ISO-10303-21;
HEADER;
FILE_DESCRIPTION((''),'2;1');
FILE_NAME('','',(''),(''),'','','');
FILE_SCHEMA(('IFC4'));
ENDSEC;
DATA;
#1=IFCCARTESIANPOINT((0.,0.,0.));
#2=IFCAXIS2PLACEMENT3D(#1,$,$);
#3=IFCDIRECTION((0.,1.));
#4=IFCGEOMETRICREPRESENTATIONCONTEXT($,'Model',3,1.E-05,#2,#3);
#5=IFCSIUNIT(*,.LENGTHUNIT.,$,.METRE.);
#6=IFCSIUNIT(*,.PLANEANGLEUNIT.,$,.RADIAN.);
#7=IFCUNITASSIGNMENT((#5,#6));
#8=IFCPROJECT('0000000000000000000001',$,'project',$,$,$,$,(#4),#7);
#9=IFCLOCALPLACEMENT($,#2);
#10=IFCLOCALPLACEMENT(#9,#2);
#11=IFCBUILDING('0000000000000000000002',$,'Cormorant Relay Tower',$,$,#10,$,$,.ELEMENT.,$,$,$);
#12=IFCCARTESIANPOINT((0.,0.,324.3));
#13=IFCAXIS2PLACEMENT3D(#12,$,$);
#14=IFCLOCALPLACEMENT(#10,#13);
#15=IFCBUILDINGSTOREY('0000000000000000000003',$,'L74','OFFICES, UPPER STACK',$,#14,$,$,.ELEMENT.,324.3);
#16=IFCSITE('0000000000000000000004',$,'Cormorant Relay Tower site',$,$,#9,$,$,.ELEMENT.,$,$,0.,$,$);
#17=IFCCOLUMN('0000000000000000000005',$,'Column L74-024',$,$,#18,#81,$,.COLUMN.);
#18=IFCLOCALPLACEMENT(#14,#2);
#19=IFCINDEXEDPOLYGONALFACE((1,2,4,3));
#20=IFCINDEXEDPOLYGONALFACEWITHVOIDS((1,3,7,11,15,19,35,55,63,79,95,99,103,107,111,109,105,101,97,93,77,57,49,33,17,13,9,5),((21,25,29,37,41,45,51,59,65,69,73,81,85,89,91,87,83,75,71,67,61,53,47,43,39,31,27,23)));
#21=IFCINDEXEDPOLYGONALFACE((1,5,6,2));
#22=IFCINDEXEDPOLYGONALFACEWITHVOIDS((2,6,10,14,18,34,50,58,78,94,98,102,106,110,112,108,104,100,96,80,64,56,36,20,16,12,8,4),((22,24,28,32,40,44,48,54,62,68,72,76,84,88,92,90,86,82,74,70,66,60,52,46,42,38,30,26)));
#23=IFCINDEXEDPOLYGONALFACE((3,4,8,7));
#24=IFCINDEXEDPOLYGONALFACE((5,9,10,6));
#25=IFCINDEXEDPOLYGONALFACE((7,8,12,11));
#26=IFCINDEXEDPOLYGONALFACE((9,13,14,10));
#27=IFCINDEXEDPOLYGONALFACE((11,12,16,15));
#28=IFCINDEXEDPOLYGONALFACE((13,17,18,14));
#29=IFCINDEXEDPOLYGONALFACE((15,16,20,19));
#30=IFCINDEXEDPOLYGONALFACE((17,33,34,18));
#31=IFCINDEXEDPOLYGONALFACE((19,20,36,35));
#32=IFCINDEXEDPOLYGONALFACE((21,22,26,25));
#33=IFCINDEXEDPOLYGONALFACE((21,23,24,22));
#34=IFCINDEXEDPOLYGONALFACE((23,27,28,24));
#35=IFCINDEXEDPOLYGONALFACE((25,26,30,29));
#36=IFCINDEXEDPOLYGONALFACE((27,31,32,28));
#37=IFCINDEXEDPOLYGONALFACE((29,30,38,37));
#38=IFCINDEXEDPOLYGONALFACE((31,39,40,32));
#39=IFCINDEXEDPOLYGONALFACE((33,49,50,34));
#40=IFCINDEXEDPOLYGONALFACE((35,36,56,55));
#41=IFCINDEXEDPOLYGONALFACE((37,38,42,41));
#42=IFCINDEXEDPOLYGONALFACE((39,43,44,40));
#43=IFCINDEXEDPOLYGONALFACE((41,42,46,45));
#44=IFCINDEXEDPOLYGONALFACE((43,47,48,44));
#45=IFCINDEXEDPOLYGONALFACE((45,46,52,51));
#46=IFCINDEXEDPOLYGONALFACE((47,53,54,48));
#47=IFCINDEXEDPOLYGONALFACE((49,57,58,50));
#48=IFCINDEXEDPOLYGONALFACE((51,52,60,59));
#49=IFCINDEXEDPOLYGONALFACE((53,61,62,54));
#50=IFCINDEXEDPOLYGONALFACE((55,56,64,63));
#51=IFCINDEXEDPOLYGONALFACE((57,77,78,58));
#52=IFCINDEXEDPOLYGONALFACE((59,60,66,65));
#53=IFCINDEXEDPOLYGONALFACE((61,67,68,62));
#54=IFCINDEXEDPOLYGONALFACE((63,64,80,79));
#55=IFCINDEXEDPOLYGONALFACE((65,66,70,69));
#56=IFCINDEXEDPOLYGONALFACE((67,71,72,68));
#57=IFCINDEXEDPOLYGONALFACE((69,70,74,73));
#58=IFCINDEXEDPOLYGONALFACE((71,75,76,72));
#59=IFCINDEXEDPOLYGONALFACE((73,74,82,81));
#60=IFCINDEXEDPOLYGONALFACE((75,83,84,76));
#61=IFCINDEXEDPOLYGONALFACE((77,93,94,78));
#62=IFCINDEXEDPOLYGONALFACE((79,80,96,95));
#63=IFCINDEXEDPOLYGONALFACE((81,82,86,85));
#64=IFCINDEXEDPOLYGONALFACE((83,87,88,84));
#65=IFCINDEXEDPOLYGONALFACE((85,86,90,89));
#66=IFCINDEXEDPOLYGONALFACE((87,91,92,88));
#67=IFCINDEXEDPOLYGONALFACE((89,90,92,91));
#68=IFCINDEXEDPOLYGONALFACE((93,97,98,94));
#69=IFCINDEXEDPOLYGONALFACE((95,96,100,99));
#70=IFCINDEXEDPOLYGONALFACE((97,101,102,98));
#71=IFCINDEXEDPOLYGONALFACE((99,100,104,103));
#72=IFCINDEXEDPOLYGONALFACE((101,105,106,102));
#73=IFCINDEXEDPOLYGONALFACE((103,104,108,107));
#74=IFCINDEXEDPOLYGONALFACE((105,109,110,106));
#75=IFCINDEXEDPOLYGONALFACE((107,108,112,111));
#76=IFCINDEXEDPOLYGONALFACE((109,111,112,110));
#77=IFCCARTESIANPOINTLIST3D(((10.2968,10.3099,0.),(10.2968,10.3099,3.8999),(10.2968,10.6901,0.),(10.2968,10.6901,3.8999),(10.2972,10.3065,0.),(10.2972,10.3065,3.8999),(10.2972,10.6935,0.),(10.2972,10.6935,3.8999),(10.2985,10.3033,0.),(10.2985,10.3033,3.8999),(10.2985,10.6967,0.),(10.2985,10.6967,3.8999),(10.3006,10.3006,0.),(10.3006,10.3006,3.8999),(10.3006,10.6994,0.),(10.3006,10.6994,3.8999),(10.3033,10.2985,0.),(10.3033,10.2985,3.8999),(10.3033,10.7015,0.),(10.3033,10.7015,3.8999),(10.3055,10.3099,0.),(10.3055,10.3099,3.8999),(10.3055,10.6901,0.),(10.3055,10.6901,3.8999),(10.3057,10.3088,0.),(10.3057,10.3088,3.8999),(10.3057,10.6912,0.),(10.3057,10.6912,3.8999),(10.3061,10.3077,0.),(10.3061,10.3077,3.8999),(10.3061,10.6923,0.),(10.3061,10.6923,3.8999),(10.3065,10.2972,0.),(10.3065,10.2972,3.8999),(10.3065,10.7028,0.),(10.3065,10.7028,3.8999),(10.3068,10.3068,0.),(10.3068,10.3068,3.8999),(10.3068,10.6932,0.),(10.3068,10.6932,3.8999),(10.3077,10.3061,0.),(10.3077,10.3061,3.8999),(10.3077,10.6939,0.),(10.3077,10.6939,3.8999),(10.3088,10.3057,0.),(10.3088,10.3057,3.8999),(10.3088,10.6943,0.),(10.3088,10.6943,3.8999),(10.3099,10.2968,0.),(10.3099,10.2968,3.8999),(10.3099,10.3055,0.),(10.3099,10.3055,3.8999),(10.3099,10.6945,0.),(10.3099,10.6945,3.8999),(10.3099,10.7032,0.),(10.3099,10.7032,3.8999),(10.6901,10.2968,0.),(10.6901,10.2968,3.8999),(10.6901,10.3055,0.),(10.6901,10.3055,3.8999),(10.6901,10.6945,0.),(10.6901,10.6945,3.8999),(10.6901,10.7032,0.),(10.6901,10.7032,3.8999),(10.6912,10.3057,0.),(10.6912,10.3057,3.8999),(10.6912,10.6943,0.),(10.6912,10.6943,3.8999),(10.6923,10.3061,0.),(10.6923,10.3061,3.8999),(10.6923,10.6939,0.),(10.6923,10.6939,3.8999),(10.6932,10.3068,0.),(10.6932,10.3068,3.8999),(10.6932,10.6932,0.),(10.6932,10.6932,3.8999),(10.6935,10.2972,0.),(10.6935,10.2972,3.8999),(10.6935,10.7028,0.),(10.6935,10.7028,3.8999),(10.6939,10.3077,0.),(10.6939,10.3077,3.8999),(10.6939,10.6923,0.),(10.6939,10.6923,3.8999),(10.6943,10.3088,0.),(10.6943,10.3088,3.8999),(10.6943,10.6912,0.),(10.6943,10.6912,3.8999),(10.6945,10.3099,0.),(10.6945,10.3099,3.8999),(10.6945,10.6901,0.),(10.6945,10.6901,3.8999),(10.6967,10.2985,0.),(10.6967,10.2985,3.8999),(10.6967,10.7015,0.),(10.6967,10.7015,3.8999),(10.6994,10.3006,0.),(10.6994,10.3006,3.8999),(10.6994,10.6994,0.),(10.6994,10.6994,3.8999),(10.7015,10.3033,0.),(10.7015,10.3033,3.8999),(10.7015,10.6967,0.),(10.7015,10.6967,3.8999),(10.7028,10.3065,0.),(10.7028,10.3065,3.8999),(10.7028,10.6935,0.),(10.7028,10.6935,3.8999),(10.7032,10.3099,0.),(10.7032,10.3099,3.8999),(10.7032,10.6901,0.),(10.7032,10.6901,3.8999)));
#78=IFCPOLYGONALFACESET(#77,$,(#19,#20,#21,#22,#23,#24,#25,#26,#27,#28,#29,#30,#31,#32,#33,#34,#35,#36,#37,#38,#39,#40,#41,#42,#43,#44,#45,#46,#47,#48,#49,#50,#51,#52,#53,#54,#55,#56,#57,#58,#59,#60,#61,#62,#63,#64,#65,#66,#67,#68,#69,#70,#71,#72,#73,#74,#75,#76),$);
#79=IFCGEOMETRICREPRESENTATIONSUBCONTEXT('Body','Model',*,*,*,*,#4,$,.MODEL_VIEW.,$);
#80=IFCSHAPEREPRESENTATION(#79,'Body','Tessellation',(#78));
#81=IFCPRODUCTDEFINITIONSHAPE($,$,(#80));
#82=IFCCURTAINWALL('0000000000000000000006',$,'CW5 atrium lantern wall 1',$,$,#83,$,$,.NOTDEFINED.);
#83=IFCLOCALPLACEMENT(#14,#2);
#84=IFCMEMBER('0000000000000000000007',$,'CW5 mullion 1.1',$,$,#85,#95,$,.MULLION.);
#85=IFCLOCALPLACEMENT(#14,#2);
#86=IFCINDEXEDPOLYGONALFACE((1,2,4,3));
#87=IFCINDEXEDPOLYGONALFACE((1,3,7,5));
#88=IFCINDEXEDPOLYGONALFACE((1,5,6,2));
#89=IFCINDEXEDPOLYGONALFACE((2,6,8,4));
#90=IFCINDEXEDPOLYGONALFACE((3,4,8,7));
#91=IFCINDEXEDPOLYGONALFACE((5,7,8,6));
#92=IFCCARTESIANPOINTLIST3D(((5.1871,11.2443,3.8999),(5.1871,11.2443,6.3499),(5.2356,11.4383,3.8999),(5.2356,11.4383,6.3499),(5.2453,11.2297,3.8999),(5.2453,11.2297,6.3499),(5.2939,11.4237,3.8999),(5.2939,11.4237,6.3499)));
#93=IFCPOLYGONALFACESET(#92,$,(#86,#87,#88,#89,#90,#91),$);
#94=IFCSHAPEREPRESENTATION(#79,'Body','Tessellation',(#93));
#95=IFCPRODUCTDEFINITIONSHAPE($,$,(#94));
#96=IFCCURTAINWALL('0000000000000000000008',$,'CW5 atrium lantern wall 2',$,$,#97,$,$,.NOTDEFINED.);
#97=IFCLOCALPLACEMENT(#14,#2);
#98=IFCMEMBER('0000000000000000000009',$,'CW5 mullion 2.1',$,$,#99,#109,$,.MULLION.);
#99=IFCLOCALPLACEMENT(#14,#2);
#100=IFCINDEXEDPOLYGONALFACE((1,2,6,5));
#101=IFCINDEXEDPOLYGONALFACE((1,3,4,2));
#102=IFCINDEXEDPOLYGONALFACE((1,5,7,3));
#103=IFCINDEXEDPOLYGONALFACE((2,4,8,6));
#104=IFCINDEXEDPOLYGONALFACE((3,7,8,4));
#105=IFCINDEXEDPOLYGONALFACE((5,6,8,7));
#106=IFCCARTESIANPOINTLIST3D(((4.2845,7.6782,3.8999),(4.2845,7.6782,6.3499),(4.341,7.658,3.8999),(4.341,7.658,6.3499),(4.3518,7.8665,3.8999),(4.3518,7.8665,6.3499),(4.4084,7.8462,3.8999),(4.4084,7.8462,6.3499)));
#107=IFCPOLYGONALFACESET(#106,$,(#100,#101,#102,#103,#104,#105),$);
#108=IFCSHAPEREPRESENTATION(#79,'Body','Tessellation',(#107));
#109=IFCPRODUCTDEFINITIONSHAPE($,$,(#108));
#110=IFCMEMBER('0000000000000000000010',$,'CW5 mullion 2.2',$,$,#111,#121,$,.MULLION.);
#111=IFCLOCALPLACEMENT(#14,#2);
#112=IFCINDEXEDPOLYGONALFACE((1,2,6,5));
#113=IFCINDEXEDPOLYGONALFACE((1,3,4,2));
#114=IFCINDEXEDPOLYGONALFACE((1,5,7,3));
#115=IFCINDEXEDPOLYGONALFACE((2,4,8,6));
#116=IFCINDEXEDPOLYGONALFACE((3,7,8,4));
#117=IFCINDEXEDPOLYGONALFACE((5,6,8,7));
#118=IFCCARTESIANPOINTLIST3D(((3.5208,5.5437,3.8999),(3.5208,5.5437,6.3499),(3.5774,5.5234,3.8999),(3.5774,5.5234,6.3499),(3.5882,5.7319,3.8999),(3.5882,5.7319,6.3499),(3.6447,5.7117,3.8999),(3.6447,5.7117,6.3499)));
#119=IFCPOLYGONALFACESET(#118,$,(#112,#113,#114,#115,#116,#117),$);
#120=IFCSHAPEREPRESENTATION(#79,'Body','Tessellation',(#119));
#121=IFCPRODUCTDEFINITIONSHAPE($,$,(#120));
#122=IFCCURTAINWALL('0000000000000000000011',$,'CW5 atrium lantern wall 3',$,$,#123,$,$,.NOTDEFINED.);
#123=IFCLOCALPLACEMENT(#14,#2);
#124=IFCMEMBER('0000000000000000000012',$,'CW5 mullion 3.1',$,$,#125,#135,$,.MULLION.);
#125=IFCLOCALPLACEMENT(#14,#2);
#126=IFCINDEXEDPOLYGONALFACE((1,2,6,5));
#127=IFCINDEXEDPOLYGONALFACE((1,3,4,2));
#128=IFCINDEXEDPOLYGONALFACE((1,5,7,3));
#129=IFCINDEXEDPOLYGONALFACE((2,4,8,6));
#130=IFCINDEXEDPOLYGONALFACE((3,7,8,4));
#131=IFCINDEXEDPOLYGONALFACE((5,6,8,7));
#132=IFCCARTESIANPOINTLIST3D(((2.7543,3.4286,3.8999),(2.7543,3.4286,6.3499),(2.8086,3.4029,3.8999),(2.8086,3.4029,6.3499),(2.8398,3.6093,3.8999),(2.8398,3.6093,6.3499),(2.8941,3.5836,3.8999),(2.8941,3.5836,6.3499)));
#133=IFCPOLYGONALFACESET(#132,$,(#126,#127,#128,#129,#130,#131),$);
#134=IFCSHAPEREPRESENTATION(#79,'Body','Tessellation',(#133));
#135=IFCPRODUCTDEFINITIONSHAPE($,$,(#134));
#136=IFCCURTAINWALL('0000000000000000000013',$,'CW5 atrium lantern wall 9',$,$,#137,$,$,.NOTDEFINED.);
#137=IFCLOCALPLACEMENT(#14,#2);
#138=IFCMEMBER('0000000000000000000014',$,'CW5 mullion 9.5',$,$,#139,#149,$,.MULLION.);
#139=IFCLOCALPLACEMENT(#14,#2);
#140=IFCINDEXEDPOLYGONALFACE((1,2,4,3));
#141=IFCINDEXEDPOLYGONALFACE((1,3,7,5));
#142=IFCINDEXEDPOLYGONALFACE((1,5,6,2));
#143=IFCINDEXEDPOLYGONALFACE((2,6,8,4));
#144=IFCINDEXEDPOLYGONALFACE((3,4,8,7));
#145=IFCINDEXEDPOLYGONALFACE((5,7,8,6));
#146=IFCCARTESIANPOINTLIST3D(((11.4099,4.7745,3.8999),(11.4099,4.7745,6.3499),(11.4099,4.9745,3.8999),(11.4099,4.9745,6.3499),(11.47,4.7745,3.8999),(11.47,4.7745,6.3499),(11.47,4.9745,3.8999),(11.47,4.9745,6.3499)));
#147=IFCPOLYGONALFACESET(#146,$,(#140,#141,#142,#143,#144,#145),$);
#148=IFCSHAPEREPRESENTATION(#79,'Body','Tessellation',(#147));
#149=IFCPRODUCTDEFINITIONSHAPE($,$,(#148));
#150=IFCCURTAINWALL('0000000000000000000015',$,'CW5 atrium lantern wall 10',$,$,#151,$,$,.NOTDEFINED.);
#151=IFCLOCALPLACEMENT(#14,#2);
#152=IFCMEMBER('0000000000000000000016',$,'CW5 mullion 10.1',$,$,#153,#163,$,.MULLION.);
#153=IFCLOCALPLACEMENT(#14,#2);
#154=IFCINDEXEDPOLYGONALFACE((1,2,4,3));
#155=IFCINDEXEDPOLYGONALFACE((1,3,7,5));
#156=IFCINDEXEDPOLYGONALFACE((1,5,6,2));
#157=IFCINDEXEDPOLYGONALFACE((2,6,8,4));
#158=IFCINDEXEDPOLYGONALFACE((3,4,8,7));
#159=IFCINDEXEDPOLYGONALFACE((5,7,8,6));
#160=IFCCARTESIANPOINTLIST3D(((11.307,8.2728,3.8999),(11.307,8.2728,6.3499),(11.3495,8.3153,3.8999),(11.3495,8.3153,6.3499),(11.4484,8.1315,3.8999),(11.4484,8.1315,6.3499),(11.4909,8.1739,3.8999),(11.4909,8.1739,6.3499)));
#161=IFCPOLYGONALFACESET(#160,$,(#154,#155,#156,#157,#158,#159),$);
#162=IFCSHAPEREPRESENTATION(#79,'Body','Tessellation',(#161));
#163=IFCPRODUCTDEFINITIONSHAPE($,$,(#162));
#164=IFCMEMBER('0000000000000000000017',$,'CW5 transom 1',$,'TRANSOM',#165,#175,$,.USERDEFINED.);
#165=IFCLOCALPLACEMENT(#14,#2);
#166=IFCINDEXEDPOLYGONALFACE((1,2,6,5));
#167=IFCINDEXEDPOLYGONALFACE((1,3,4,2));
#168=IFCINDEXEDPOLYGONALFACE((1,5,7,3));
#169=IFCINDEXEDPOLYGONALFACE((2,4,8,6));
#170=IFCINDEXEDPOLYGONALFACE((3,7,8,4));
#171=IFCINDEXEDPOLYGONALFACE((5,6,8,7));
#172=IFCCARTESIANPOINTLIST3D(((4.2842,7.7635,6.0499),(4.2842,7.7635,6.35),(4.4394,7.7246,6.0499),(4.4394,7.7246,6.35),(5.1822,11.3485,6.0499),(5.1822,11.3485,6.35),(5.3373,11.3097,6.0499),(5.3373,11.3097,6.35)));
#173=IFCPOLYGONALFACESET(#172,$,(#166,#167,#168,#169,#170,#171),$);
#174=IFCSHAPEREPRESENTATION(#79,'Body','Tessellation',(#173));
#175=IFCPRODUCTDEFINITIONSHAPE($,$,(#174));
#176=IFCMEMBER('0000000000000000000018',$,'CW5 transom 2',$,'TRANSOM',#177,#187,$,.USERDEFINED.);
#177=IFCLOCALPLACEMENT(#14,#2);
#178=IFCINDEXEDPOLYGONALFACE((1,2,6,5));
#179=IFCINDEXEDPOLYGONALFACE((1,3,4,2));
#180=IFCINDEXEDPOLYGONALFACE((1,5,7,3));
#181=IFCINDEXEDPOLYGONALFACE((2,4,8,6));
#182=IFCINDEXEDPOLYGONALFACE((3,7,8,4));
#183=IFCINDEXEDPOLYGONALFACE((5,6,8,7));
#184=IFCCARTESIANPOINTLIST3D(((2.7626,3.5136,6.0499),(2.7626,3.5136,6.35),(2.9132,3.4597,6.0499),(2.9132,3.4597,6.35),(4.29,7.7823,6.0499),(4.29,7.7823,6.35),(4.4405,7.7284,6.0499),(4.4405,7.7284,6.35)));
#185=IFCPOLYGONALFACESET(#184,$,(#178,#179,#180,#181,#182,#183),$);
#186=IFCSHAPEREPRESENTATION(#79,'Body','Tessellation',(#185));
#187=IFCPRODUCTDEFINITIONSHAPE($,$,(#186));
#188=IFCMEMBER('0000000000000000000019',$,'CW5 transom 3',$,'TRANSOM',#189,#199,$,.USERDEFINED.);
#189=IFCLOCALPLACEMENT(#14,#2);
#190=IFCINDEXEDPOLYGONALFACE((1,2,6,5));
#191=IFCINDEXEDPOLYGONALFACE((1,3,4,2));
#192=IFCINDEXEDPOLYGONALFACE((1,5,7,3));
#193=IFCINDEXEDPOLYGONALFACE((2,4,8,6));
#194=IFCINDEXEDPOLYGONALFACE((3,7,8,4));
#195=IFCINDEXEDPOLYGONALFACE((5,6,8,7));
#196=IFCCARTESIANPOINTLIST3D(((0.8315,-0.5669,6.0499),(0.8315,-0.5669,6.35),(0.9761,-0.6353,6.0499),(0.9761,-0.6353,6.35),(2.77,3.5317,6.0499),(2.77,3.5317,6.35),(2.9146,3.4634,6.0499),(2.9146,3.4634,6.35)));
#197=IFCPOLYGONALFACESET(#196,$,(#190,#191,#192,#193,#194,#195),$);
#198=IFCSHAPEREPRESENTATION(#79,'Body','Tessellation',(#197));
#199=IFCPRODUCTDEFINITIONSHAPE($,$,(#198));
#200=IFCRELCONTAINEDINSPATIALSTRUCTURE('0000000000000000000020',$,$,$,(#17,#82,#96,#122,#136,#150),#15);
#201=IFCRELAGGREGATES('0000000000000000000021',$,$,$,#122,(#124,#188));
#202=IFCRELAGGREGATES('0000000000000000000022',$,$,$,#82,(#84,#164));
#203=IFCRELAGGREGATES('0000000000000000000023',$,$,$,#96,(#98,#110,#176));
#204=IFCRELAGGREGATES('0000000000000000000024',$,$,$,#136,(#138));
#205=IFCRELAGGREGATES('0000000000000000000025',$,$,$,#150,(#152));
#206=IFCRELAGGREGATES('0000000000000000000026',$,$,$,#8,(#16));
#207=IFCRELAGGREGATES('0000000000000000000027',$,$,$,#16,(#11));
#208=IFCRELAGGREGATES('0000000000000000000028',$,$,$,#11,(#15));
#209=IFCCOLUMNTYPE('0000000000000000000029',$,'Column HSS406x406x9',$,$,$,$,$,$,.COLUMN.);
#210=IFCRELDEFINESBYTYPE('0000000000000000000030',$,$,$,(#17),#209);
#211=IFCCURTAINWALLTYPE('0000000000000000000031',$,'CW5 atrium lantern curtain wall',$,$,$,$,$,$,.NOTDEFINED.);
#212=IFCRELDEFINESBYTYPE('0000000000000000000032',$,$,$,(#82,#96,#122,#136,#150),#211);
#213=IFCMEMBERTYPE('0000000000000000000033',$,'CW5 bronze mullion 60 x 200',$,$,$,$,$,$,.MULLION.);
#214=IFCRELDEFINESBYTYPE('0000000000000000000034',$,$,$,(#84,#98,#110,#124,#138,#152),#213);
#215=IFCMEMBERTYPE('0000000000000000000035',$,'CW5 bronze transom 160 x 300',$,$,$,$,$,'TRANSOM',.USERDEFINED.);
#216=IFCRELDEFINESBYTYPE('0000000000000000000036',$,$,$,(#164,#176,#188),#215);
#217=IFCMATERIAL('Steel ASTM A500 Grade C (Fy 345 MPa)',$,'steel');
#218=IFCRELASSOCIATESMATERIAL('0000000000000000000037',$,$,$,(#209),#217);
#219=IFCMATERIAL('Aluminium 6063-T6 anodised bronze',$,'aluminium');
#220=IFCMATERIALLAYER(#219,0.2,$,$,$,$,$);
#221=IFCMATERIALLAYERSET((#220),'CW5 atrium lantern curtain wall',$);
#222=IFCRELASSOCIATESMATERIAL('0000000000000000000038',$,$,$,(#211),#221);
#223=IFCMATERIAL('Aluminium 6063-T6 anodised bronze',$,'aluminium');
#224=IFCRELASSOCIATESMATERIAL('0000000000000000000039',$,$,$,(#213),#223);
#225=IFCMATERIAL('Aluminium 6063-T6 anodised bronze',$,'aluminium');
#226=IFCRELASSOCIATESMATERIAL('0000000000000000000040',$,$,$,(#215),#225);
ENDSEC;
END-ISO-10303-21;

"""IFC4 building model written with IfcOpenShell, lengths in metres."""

from ifc_helpers import new_model, si_unit, direction, frame, origin, origin_2d, place, context, subcontext, project, spatial, rectangle, hollow_rectangle, extrude, material, layer, layer_set, material_profile, profile_set, type_object, element, aggregate, save


model = new_model("IFC4")

# Units and contexts
model_context = context("Model", 3, precision=1e-05, world=origin(), true_north=direction((0.0, 1.0)))
body_context = subcontext(model_context, "Body", "Model", "MODEL_VIEW")
ifc_project = project(units=[si_unit("LENGTHUNIT", "METRE"), si_unit("PLANEANGLEUNIT", "RADIAN")], contexts=[model_context])

# Site, building, storey
site_placement = place(None, origin())
site = spatial("IfcSite", under=ifc_project, at=site_placement, Name="Cormorant Relay Tower site", CompositionType="ELEMENT", RefElevation=0.0)
building_placement = place(site_placement, origin())
building = spatial("IfcBuilding", under=site, at=building_placement, Name="Cormorant Relay Tower", CompositionType="ELEMENT")
storey_placement = place(building_placement, frame((0.0, 0.0, 324.3)))
storey = spatial("IfcBuildingStorey", under=building, at=storey_placement, Name="L74", Description="OFFICES, UPPER STACK", CompositionType="ELEMENT", Elevation=324.3)

# Column
ifc_material_1 = material(Name="Steel ASTM A500 Grade C (Fy 345 MPa)", Category="steel")
ifc_material_profile_1 = material_profile(ifc_material_1, hollow_rectangle(XDim=0.4065, YDim=0.4065, WallThickness=0.0088, InnerFilletRadius=0.0044, OuterFilletRadius=0.0132, at=origin_2d()), Name="HSS406x406x9")
ifc_profile_set_1 = profile_set([ifc_material_profile_1], Name="Steel ASTM A500 Grade C (Fy 345 MPa)")
column_type_1 = type_object("IfcColumnType", Name="Column HSS406x406x9", PredefinedType="COLUMN", material=ifc_profile_set_1)
column_placement = place(storey_placement, frame((10.5, 10.5, 0.0), z_axis=(0.0, 0.0, 1.0), x_axis=(1.0, 0.0, 0.0)))
element("IfcColumn", 1, at=column_placement, inside=storey, type_object=column_type_1, Name="Column L74-024", PredefinedType="COLUMN", context=body_context, shape_type="SweptSolid", body=[
    extrude(hollow_rectangle(XDim=0.4065, YDim=0.4065, WallThickness=0.0088, InnerFilletRadius=0.0044, OuterFilletRadius=0.0132, at=origin_2d()), origin(), (0.0, 0.0, 1.0), 3.8999),
])

# Curtain wall, member
ifc_material_2 = material(Name="Aluminium 6063-T6 anodised bronze", Category="aluminium")
ifc_layer_1 = layer(ifc_material_2, 0.2)
ifc_layer_set_1 = layer_set([ifc_layer_1], Name="CW5 atrium lantern curtain wall")
curtain_wall_type = type_object("IfcCurtainWallType", Name="CW5 atrium lantern curtain wall", PredefinedType="NOTDEFINED", material=ifc_layer_set_1)
curtain_wall_1_placement = place(storey_placement, origin())
curtain_wall_1 = element("IfcCurtainWall", 2, at=curtain_wall_1_placement, inside=storey, type_object=curtain_wall_type, Name="CW5 atrium lantern wall 1", PredefinedType="NOTDEFINED")
ifc_material_3 = material(Name="Aluminium 6063-T6 anodised bronze", Category="aluminium")
ifc_material_profile_2 = material_profile(ifc_material_3, rectangle(XDim=0.2, YDim=0.0601, at=origin_2d()), Name="AL 60x200")
ifc_profile_set_2 = profile_set([ifc_material_profile_2], Name="Aluminium 6063-T6 anodised bronze")
member_type_1 = type_object("IfcMemberType", Name="CW5 bronze mullion 60 x 200", PredefinedType="MULLION", material=ifc_profile_set_2)
member_1_placement = place(storey_placement, frame((5.2405, 11.334, 3.8999), z_axis=(0.0, 0.0, 1.0), x_axis=(-0.24298, -0.970031, 0.0)))
member_1 = element("IfcMember", 3, at=member_1_placement, type_object=member_type_1, Name="CW5 mullion 1.1", PredefinedType="MULLION", context=body_context, shape_type="SweptSolid", body=[
    extrude(rectangle(XDim=0.2, YDim=0.0601, at=origin_2d()), origin(), (0.0, 0.0, 1.0), 2.45),
])

# Curtain wall, members
curtain_wall_2_placement = place(storey_placement, origin())
curtain_wall_2 = element("IfcCurtainWall", 4, at=curtain_wall_2_placement, inside=storey, type_object=curtain_wall_type, Name="CW5 atrium lantern wall 2", PredefinedType="NOTDEFINED")
member_2_placement = place(storey_placement, frame((4.3464, 7.7622, 3.8999), z_axis=(0.0, 0.0, 1.0), x_axis=(-0.33689, -0.941544, 0.0)))
member_2 = element("IfcMember", 5, at=member_2_placement, type_object=member_type_1, Name="CW5 mullion 2.1", PredefinedType="MULLION", context=body_context, shape_type="SweptSolid", body=[
    extrude(rectangle(XDim=0.2, YDim=0.0601, at=origin_2d()), origin(), (0.0, 0.0, 1.0), 2.45),
])
member_3_placement = place(storey_placement, frame((3.5828, 5.6277, 3.8999), z_axis=(0.0, 0.0, 1.0), x_axis=(-0.33689, -0.941544, 0.0)))
member_3 = element("IfcMember", 6, at=member_3_placement, type_object=member_type_1, Name="CW5 mullion 2.2", PredefinedType="MULLION", context=body_context, shape_type="SweptSolid", body=[
    extrude(rectangle(XDim=0.2, YDim=0.0601, at=origin_2d()), origin(), (0.0, 0.0, 1.0), 2.45),
])

# Curtain walls, members
curtain_wall_3_placement = place(storey_placement, origin())
curtain_wall_3 = element("IfcCurtainWall", 7, at=curtain_wall_3_placement, inside=storey, type_object=curtain_wall_type, Name="CW5 atrium lantern wall 3", PredefinedType="NOTDEFINED")
member_4_placement = place(storey_placement, frame((2.8242, 3.5061, 3.8999), z_axis=(0.0, 0.0, 1.0), x_axis=(-0.427555, -0.903989, 0.0)))
member_4 = element("IfcMember", 8, at=member_4_placement, type_object=member_type_1, Name="CW5 mullion 3.1", PredefinedType="MULLION", context=body_context, shape_type="SweptSolid", body=[
    extrude(rectangle(XDim=0.2, YDim=0.0601, at=origin_2d()), origin(), (0.0, 0.0, 1.0), 2.45),
])
curtain_wall_4_placement = place(storey_placement, origin())
curtain_wall_4 = element("IfcCurtainWall", 9, at=curtain_wall_4_placement, inside=storey, type_object=curtain_wall_type, Name="CW5 atrium lantern wall 9", PredefinedType="NOTDEFINED")
member_5_placement = place(storey_placement, frame((11.4399, 4.8745, 3.8999), z_axis=(0.0, 0.0, 1.0), x_axis=(0.0, 1.0, 0.0)))
member_5 = element("IfcMember", 10, at=member_5_placement, type_object=member_type_1, Name="CW5 mullion 9.5", PredefinedType="MULLION", context=body_context, shape_type="SweptSolid", body=[
    extrude(rectangle(XDim=0.2, YDim=0.0601, at=origin_2d()), origin(), (0.0, 0.0, 1.0), 2.45),
])
curtain_wall_5_placement = place(storey_placement, origin())
curtain_wall_5 = element("IfcCurtainWall", 11, at=curtain_wall_5_placement, inside=storey, type_object=curtain_wall_type, Name="CW5 atrium lantern wall 10", PredefinedType="NOTDEFINED")
member_6_placement = place(storey_placement, frame((11.3989, 8.2234, 3.8999), z_axis=(0.0, 0.0, 1.0), x_axis=(-0.707107, 0.707107, 0.0)))
member_6 = element("IfcMember", 12, at=member_6_placement, type_object=member_type_1, Name="CW5 mullion 10.1", PredefinedType="MULLION", context=body_context, shape_type="SweptSolid", body=[
    extrude(rectangle(XDim=0.2, YDim=0.0601, at=origin_2d()), origin(), (0.0, 0.0, 1.0), 2.45),
])

# Members
ifc_material_4 = material(Name="Aluminium 6063-T6 anodised bronze", Category="aluminium")
ifc_material_profile_3 = material_profile(ifc_material_4, rectangle(XDim=0.1599, YDim=0.3, at=origin_2d()), Name="AL 160x300")
ifc_profile_set_3 = profile_set([ifc_material_profile_3], Name="Aluminium 6063-T6 anodised bronze")
member_type_2 = type_object("IfcMemberType", Name="CW5 bronze transom 160 x 300", ElementType="TRANSOM", PredefinedType="USERDEFINED", material=ifc_profile_set_3)
member_7_placement = place(storey_placement, frame((5.2598, 11.3291, 6.2), z_axis=(-0.242971, -0.970034, 0.0), x_axis=(0.970034, -0.242971, 0.0)))
member_7 = element("IfcMember", 13, at=member_7_placement, type_object=member_type_2, Name="CW5 transom 1", ObjectType="TRANSOM", PredefinedType="USERDEFINED", context=body_context, shape_type="SweptSolid", body=[
    extrude(rectangle(XDim=0.1599, YDim=0.3, at=origin_2d()), origin(), (0.0, 0.0, 1.0), 3.6958),
])
member_8_placement = place(storey_placement, frame((4.3652, 7.7554, 6.2), z_axis=(-0.336879, -0.941548, 0.0), x_axis=(0.941548, -0.336879, 0.0)))
member_8 = element("IfcMember", 14, at=member_8_placement, type_object=member_type_2, Name="CW5 transom 2", ObjectType="TRANSOM", PredefinedType="USERDEFINED", context=body_context, shape_type="SweptSolid", body=[
    extrude(rectangle(XDim=0.1599, YDim=0.3, at=origin_2d()), origin(), (0.0, 0.0, 1.0), 4.5337),
])
member_9_placement = place(storey_placement, frame((2.8423, 3.4976, 6.2), z_axis=(-0.427549, -0.903992, 0.0), x_axis=(0.903992, -0.427549, 0.0)))
member_9 = element("IfcMember", 15, at=member_9_placement, type_object=member_type_2, Name="CW5 transom 3", ObjectType="TRANSOM", PredefinedType="USERDEFINED", context=body_context, shape_type="SweptSolid", body=[
    extrude(rectangle(XDim=0.1599, YDim=0.3, at=origin_2d()), origin(), (0.0, 0.0, 1.0), 4.5339),
])
aggregate(curtain_wall_3, [member_4, member_9])

aggregate(curtain_wall_1, [member_1, member_7])
aggregate(curtain_wall_2, [member_2, member_3, member_8])
aggregate(curtain_wall_4, [member_5])
aggregate(curtain_wall_5, [member_6])

save(model, "model.ifc")
